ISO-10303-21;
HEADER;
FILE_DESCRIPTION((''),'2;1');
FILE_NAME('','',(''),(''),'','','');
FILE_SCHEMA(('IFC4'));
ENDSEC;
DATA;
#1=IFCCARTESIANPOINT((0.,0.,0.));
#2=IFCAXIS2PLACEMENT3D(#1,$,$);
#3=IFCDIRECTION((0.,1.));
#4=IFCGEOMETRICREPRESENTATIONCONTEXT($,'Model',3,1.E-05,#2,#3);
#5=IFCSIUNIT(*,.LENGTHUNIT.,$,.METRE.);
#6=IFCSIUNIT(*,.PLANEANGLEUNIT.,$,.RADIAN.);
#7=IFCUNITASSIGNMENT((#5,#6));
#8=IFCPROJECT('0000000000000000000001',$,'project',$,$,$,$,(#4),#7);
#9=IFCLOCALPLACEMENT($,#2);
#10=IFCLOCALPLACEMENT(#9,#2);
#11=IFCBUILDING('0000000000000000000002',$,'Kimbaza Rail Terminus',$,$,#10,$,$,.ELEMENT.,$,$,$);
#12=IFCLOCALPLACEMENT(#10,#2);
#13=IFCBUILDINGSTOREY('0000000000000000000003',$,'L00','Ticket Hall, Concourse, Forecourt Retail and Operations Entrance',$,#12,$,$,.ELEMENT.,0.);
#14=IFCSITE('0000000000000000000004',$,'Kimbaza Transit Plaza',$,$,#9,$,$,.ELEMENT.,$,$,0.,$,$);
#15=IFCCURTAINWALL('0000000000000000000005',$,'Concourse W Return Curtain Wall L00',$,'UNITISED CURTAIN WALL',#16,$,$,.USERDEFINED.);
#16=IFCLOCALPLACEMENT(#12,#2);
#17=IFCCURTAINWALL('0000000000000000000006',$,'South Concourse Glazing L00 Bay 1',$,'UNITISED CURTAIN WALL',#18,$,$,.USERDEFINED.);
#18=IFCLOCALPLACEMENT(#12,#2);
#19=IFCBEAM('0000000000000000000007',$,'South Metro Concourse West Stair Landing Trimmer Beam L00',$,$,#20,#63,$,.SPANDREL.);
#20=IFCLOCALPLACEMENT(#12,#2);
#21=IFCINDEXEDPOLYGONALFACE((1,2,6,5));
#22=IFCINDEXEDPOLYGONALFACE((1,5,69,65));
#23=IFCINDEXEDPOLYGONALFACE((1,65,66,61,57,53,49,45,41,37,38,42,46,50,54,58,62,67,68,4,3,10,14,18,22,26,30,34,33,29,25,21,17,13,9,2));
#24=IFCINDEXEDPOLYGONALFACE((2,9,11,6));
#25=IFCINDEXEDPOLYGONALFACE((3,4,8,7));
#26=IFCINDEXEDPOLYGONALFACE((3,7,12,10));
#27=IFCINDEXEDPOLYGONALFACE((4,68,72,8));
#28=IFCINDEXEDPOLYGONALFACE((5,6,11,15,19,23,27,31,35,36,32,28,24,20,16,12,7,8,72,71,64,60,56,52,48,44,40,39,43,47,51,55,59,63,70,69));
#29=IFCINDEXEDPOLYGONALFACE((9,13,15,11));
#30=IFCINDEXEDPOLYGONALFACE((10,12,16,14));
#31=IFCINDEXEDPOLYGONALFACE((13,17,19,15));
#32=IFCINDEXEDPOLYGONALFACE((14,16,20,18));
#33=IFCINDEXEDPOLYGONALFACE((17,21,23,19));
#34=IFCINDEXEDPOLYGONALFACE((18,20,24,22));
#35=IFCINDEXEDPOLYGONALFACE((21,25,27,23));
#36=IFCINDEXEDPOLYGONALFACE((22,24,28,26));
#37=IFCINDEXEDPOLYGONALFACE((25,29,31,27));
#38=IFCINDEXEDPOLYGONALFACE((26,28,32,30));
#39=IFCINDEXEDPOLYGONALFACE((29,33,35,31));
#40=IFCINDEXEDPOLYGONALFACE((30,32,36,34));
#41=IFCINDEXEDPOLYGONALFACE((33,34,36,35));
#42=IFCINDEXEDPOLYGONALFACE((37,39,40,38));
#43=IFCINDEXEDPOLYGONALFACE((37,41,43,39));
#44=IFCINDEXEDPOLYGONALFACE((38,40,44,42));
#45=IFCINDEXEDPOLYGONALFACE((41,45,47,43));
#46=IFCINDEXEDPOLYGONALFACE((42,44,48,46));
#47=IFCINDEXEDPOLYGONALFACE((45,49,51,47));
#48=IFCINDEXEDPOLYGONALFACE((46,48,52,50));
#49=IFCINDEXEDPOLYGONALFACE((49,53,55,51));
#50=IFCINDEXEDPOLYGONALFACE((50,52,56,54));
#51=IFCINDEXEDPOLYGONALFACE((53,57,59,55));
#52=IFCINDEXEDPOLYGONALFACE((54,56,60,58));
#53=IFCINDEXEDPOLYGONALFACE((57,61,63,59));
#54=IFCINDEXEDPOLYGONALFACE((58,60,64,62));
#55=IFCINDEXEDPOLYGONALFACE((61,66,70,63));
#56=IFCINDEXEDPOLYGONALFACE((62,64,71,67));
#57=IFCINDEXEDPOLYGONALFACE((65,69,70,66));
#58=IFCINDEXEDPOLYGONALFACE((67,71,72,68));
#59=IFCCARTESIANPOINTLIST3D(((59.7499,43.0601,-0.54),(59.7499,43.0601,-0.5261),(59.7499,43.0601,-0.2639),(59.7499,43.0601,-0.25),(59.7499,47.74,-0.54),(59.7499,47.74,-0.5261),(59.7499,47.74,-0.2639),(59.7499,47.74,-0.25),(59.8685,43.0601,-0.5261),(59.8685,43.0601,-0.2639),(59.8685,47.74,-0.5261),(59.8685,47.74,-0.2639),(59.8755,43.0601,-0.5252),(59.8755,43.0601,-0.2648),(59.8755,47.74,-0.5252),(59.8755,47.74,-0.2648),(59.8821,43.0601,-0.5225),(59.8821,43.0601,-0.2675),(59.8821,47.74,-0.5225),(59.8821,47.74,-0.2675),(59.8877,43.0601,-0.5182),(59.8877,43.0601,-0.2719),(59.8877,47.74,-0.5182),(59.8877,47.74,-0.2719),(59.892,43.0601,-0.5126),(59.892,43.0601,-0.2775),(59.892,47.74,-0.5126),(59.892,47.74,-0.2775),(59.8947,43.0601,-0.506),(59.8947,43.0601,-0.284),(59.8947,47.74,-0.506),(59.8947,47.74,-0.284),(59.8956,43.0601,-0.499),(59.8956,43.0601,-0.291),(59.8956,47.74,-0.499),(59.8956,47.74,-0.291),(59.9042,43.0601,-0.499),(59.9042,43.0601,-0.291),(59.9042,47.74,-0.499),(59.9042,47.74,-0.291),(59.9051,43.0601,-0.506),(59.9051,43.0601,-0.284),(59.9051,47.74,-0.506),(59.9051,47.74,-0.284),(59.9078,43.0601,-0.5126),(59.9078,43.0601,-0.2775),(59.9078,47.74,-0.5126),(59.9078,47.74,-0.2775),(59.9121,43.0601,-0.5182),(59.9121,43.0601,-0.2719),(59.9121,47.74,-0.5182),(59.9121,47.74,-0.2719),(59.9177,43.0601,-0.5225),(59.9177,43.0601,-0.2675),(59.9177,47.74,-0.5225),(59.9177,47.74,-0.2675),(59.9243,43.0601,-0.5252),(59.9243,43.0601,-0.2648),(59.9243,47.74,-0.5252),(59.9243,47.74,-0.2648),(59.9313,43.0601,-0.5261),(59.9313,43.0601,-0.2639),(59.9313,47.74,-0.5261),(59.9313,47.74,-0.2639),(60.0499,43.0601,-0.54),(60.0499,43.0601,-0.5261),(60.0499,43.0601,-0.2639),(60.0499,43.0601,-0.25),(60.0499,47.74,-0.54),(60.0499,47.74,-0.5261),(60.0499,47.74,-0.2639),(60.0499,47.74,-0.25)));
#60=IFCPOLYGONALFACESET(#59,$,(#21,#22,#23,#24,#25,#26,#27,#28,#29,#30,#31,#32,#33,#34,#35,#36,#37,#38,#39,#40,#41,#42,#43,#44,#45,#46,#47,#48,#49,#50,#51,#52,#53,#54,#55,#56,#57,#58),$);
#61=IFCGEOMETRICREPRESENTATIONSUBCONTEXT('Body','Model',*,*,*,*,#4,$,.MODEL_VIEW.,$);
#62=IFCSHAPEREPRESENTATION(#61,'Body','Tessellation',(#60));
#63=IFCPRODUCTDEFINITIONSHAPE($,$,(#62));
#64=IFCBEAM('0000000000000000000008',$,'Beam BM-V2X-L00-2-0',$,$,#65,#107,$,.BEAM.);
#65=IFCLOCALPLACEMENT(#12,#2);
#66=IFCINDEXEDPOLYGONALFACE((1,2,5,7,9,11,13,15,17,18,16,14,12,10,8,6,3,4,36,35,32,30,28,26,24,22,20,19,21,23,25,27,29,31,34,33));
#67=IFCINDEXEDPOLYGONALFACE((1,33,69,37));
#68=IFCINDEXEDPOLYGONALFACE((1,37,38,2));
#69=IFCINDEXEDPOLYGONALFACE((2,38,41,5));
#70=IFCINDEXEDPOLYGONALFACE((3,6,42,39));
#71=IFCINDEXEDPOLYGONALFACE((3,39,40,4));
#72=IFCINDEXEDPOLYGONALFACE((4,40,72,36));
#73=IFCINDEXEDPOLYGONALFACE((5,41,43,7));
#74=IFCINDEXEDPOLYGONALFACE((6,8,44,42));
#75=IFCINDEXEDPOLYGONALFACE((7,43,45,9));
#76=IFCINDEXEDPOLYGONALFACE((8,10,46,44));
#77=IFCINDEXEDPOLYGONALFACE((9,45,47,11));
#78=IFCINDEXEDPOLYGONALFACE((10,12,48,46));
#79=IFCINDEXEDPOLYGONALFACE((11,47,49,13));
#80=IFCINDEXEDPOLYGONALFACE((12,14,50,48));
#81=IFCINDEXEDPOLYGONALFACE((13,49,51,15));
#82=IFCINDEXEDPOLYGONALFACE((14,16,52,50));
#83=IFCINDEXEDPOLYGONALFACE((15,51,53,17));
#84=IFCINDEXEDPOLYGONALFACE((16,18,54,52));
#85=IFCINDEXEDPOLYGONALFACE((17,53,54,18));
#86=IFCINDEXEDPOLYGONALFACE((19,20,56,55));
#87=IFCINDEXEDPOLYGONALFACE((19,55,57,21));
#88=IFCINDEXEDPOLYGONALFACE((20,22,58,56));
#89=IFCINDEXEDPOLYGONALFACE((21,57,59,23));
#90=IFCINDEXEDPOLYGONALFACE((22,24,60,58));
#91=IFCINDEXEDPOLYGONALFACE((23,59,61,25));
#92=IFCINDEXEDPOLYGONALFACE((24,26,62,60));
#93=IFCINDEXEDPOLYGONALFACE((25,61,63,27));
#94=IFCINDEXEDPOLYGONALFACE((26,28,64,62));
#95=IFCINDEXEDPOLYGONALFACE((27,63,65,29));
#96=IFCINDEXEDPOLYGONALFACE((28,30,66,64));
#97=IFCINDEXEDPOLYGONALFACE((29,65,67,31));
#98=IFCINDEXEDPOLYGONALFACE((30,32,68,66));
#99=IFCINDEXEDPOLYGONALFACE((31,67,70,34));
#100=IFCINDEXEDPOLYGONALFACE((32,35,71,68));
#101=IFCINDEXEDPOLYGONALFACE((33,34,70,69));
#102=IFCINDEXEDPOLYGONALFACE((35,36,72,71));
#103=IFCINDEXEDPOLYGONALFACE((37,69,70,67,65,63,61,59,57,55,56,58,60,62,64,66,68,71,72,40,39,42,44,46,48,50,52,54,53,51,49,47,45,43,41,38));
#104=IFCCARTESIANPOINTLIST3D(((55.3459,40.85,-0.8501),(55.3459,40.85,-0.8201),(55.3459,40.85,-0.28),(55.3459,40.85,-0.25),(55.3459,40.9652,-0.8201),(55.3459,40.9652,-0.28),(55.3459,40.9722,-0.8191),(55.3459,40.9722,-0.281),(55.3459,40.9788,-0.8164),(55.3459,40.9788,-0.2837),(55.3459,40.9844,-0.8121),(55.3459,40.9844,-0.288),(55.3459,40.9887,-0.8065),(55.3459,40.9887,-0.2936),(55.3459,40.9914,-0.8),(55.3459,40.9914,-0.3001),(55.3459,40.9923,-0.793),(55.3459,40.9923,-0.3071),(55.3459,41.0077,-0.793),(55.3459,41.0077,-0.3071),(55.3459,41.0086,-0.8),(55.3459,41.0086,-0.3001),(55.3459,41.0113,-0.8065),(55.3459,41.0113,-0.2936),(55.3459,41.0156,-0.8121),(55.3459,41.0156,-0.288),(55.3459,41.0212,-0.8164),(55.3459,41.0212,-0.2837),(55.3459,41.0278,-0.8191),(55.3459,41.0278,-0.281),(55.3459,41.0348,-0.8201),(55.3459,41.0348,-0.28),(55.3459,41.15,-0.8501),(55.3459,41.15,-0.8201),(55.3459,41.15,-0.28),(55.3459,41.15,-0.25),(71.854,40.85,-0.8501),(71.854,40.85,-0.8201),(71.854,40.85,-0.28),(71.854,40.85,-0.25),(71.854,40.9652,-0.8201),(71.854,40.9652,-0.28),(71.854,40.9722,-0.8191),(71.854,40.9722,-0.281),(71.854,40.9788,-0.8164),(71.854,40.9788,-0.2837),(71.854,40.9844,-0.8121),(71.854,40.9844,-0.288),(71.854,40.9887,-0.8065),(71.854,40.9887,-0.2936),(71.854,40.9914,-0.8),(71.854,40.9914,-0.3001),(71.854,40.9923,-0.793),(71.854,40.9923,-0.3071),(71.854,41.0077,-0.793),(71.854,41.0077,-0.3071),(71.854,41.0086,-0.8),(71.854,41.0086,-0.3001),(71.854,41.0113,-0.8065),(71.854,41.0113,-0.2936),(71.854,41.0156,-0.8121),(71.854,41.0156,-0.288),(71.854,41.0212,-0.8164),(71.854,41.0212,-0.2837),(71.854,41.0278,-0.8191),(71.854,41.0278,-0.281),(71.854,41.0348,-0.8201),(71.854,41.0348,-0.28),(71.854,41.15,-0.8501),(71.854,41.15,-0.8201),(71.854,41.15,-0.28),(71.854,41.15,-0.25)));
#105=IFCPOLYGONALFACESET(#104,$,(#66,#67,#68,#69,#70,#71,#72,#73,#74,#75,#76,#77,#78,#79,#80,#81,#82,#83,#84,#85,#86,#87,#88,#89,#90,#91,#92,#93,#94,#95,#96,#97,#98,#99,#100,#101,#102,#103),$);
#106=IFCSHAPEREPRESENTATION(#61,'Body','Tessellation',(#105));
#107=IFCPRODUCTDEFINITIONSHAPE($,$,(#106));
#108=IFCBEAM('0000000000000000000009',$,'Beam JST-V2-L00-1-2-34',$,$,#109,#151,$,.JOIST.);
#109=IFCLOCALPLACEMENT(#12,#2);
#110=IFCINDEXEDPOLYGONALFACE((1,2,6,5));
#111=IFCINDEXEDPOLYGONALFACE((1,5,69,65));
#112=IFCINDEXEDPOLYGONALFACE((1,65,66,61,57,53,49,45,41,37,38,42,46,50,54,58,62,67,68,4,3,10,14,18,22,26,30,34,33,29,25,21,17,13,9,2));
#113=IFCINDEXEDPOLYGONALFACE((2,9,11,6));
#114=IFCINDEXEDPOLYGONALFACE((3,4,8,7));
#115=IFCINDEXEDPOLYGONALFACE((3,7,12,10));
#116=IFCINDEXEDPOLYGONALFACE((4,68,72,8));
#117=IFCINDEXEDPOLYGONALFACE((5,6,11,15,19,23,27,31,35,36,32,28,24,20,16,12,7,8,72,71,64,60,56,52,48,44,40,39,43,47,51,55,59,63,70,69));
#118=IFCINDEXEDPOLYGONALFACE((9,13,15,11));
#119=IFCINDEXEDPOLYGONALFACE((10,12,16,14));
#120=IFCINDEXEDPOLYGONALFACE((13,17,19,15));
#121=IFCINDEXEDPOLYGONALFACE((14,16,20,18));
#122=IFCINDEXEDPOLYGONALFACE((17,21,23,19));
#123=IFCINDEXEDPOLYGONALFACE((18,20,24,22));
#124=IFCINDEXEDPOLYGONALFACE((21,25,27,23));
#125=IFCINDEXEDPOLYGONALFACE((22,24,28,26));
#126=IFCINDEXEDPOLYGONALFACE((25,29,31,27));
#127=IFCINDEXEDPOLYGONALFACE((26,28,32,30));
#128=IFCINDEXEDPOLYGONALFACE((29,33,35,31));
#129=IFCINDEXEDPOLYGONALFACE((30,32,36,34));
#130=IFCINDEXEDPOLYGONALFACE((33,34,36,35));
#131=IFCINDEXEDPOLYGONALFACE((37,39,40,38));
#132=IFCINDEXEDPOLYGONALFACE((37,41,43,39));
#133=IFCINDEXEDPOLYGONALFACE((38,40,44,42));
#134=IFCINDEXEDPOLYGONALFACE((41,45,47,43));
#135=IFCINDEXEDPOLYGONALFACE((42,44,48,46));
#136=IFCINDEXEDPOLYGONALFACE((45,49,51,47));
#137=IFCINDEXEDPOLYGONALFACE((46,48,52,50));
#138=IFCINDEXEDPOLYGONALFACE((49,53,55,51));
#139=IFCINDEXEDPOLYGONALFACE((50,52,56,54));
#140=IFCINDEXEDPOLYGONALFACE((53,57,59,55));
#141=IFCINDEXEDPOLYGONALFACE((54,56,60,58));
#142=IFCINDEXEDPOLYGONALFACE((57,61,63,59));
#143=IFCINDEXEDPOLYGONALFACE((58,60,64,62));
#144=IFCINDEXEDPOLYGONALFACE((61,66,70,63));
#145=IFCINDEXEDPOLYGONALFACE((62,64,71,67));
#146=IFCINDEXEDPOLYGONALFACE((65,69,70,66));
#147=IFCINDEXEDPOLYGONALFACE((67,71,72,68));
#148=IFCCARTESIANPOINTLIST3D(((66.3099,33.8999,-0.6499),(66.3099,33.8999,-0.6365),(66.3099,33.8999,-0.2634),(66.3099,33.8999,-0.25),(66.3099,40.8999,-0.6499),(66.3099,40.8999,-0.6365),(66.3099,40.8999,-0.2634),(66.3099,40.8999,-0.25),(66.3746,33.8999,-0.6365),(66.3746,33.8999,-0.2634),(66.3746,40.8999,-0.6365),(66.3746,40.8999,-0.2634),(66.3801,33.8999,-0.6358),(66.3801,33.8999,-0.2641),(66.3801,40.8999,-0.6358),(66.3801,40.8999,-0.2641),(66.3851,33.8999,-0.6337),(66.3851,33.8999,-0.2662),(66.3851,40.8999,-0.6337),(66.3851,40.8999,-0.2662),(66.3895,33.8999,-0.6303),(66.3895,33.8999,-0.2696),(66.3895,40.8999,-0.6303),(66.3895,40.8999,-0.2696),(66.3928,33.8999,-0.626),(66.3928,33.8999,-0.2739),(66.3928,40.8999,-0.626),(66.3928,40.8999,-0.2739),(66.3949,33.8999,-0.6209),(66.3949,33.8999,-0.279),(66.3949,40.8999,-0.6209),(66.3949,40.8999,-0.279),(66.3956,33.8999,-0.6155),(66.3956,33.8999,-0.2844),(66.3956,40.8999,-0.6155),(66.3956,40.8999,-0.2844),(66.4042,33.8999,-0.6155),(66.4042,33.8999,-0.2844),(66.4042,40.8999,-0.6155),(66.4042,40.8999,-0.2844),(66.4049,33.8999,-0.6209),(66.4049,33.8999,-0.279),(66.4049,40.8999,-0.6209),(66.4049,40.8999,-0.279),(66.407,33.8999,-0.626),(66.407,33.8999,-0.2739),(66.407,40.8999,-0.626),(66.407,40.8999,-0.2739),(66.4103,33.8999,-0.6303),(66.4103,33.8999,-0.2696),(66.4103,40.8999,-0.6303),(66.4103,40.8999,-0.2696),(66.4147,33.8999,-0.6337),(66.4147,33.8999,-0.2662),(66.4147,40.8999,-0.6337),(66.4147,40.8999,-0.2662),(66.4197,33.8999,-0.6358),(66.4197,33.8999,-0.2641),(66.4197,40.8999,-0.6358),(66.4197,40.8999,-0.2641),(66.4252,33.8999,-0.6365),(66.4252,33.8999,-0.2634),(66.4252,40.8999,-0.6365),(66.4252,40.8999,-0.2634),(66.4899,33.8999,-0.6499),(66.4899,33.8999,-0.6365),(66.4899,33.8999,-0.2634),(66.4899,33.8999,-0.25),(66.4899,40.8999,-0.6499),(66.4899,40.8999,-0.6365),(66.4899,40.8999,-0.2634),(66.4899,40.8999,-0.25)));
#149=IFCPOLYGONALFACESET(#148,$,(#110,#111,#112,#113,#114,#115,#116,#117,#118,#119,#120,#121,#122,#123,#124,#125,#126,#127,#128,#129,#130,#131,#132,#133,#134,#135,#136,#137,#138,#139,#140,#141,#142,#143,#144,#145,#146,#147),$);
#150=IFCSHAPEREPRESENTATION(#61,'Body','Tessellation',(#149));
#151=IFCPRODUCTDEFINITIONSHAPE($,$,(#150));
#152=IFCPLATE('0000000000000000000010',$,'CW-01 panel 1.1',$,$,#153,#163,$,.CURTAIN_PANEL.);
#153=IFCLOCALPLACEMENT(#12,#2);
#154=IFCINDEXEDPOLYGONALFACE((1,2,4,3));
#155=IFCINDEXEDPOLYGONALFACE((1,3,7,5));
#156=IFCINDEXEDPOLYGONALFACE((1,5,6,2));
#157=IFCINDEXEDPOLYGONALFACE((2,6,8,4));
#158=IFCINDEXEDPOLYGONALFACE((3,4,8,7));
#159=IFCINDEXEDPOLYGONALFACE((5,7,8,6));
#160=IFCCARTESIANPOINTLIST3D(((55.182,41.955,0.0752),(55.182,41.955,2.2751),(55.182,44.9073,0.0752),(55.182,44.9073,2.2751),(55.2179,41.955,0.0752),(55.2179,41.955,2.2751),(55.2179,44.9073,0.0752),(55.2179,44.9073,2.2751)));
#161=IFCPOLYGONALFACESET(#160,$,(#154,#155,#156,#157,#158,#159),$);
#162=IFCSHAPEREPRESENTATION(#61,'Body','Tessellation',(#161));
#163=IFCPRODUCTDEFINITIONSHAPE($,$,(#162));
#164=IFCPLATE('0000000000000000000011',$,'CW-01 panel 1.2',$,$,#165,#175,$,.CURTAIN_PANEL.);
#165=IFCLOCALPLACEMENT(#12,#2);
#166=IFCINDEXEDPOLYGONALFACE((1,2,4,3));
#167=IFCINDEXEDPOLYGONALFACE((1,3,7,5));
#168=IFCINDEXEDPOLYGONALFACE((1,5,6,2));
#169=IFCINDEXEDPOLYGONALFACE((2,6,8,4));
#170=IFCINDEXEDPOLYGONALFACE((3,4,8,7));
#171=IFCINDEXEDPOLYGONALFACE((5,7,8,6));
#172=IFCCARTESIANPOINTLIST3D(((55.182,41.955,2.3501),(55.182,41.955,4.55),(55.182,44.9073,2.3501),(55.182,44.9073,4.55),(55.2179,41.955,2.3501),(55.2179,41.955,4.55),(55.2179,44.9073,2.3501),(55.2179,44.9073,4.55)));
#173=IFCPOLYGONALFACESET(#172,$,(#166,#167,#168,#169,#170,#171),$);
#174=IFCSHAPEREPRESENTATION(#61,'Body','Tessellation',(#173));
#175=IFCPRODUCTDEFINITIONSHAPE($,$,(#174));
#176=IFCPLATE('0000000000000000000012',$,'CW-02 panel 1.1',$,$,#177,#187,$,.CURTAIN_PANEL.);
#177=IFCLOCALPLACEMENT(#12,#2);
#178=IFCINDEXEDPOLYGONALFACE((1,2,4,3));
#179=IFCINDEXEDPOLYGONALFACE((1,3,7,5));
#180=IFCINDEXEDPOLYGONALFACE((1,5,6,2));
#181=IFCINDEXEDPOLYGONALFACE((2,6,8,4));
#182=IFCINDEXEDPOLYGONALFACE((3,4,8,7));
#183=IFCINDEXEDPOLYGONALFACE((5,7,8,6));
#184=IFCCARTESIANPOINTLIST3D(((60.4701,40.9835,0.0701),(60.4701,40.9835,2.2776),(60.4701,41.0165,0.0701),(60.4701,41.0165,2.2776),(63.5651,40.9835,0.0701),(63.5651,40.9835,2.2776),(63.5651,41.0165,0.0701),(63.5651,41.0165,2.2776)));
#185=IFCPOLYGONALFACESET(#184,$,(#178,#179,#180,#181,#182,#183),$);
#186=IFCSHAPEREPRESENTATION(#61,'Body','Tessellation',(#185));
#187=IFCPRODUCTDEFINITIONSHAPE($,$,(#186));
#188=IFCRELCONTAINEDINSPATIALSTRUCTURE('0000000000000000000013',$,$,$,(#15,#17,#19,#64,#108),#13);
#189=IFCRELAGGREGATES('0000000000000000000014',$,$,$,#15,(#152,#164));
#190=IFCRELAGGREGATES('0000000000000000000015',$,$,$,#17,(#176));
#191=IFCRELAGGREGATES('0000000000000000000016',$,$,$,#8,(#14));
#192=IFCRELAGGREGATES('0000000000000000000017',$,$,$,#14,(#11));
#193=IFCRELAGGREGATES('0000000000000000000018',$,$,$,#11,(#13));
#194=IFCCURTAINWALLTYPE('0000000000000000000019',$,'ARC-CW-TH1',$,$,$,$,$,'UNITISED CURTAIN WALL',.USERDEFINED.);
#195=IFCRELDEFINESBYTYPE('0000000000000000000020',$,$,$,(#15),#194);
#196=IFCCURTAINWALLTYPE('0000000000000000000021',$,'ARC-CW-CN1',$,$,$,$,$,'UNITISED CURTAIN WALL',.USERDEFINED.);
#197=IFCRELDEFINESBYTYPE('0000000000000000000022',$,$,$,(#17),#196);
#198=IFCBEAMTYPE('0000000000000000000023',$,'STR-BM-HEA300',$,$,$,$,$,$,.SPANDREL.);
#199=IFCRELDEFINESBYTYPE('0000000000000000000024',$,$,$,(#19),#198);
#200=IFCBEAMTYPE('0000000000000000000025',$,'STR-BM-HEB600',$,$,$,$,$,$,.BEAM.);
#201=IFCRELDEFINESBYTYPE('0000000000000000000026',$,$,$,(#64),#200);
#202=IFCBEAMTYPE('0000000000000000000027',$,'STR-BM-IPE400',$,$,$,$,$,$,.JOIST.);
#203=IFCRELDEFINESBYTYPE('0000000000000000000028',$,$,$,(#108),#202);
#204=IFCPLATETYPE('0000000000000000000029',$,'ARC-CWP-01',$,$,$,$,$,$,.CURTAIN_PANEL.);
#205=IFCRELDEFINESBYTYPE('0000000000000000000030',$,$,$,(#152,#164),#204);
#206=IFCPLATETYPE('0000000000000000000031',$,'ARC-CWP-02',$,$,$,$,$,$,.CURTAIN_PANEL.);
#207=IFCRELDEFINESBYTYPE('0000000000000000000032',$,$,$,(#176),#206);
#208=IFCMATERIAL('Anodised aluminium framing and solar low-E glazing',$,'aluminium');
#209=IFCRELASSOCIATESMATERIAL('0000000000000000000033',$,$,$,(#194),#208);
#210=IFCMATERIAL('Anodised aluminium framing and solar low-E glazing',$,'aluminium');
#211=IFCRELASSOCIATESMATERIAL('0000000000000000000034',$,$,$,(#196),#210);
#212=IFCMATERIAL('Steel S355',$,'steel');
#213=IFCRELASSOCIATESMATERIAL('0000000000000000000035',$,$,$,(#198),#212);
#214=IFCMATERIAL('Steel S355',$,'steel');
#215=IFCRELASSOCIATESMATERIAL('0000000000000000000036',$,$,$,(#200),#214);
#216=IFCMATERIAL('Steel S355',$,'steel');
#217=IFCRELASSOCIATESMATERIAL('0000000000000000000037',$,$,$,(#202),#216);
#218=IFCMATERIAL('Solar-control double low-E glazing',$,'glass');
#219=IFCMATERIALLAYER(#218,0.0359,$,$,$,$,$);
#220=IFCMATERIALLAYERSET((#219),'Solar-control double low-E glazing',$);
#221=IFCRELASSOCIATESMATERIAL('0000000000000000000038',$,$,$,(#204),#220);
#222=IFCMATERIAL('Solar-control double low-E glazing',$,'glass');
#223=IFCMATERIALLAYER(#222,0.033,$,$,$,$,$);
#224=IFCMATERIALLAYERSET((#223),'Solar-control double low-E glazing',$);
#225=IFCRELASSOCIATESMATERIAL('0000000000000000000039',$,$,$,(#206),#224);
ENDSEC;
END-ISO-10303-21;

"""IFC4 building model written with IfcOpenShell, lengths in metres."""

from ifc_helpers import new_model, si_unit, direction, frame, origin, origin_2d, place, context, subcontext, project, spatial, rectangle, i_section, extrude, material, layer, layer_set, material_profile, profile_set, type_object, element, aggregate, save


model = new_model("IFC4")

# Units and contexts
model_context = context("Model", 3, precision=1e-05, world=origin(), true_north=direction((0.0, 1.0)))
body_context = subcontext(model_context, "Body", "Model", "MODEL_VIEW")
ifc_project = project(units=[si_unit("LENGTHUNIT", "METRE"), si_unit("PLANEANGLEUNIT", "RADIAN")], contexts=[model_context])

# Site, building, storey
site_placement = place(None, origin())
site = spatial("IfcSite", under=ifc_project, at=site_placement, Name="Kimbaza Transit Plaza", CompositionType="ELEMENT", RefElevation=0.0)
building_placement = place(site_placement, origin())
building = spatial("IfcBuilding", under=site, at=building_placement, Name="Kimbaza Rail Terminus", CompositionType="ELEMENT")
storey_placement = place(building_placement, origin())
storey = spatial("IfcBuildingStorey", under=building, at=storey_placement, Name="L00", Description="Ticket Hall, Concourse, Forecourt Retail and Operations Entrance", CompositionType="ELEMENT", Elevation=0.0)

# Curtain wall
ifc_material_1 = material(Name="Anodised aluminium framing and solar low-E glazing", Category="aluminium")
curtain_wall_type_1 = type_object("IfcCurtainWallType", Name="ARC-CW-TH1", ElementType="UNITISED CURTAIN WALL", PredefinedType="USERDEFINED", material=ifc_material_1)
curtain_wall_1_placement = place(storey_placement, origin())
curtain_wall_1 = element("IfcCurtainWall", 1, at=curtain_wall_1_placement, inside=storey, type_object=curtain_wall_type_1, Name="Concourse W Return Curtain Wall L00", ObjectType="UNITISED CURTAIN WALL", PredefinedType="USERDEFINED")

# Curtain wall
ifc_material_2 = material(Name="Anodised aluminium framing and solar low-E glazing", Category="aluminium")
curtain_wall_type_2 = type_object("IfcCurtainWallType", Name="ARC-CW-CN1", ElementType="UNITISED CURTAIN WALL", PredefinedType="USERDEFINED", material=ifc_material_2)
curtain_wall_2_placement = place(storey_placement, origin())
curtain_wall_2 = element("IfcCurtainWall", 2, at=curtain_wall_2_placement, inside=storey, type_object=curtain_wall_type_2, Name="South Concourse Glazing L00 Bay 1", ObjectType="UNITISED CURTAIN WALL", PredefinedType="USERDEFINED")

# Beams
ifc_material_3 = material(Name="Steel S355", Category="steel")
ifc_material_profile_1 = material_profile(ifc_material_3, i_section(OverallWidth=0.3, OverallDepth=0.29, WebThickness=0.0085, FlangeThickness=0.0139, FilletRadius=0.0271, at=origin_2d()), Name="HEA 300")
ifc_profile_set_1 = profile_set([ifc_material_profile_1], Name="Steel S355")
beam_type_1 = type_object("IfcBeamType", Name="STR-BM-HEA300", PredefinedType="SPANDREL", material=ifc_profile_set_1)
beam_1_placement = place(storey_placement, frame((59.8999, 43.0601, -0.395), z_axis=(0.0, 1.0, 0.0), x_axis=(-1.0, 0.0, 0.0)))
element("IfcBeam", 3, at=beam_1_placement, inside=storey, type_object=beam_type_1, Name="South Metro Concourse West Stair Landing Trimmer Beam L00", PredefinedType="SPANDREL", context=body_context, shape_type="SweptSolid", body=[
    extrude(i_section(OverallWidth=0.3, OverallDepth=0.29, WebThickness=0.0085, FlangeThickness=0.0139, FilletRadius=0.0271, at=origin_2d()), origin(), (0.0, 0.0, 1.0), 4.6799),
])
ifc_material_4 = material(Name="Steel S355", Category="steel")
ifc_material_profile_2 = material_profile(ifc_material_4, i_section(OverallWidth=0.3, OverallDepth=0.6001, WebThickness=0.0154, FlangeThickness=0.03, FilletRadius=0.0271, at=origin_2d()), Name="HEB 600")
ifc_profile_set_2 = profile_set([ifc_material_profile_2], Name="Steel S355")
beam_type_2 = type_object("IfcBeamType", Name="STR-BM-HEB600", PredefinedType="BEAM", material=ifc_profile_set_2)
beam_2_placement = place(storey_placement, frame((55.3459, 41.0, -0.55), z_axis=(1.0, 0.0, 0.0), x_axis=(0.0, 1.0, 0.0)))
element("IfcBeam", 4, at=beam_2_placement, inside=storey, type_object=beam_type_2, Name="Beam BM-V2X-L00-2-0", PredefinedType="BEAM", context=body_context, shape_type="SweptSolid", body=[
    extrude(i_section(OverallWidth=0.3, OverallDepth=0.6001, WebThickness=0.0154, FlangeThickness=0.03, FilletRadius=0.0271, at=origin_2d()), origin(), (0.0, 0.0, 1.0), 16.5081),
])
ifc_material_5 = material(Name="Steel S355", Category="steel")
ifc_material_profile_3 = material_profile(ifc_material_5, i_section(OverallWidth=0.1799, OverallDepth=0.3999, WebThickness=0.0085, FlangeThickness=0.0134, FilletRadius=0.021, at=origin_2d()), Name="IPE 400")
ifc_profile_set_3 = profile_set([ifc_material_profile_3], Name="Steel S355")
beam_type_3 = type_object("IfcBeamType", Name="STR-BM-IPE400", PredefinedType="JOIST", material=ifc_profile_set_3)
beam_3_placement = place(storey_placement, frame((66.3999, 33.8999, -0.45), z_axis=(0.0, 1.0, 0.0), x_axis=(-1.0, 0.0, 0.0)))
element("IfcBeam", 5, at=beam_3_placement, inside=storey, type_object=beam_type_3, Name="Beam JST-V2-L00-1-2-34", PredefinedType="JOIST", context=body_context, shape_type="SweptSolid", body=[
    extrude(i_section(OverallWidth=0.1799, OverallDepth=0.3999, WebThickness=0.0085, FlangeThickness=0.0134, FilletRadius=0.021, at=origin_2d()), origin(), (0.0, 0.0, 1.0), 7.0),
])

# Plates
ifc_material_6 = material(Name="Solar-control double low-E glazing", Category="glass")
ifc_layer_1 = layer(ifc_material_6, 0.0359)
ifc_layer_set_1 = layer_set([ifc_layer_1], Name="Solar-control double low-E glazing")
plate_type_1 = type_object("IfcPlateType", Name="ARC-CWP-01", PredefinedType="CURTAIN_PANEL", material=ifc_layer_set_1)
plate_1_placement = place(storey_placement, frame((55.2, 43.4312, 0.0752), z_axis=(0.0, 0.0, 1.0), x_axis=(0.0, 1.0, 0.0)))
plate_1 = element("IfcPlate", 6, at=plate_1_placement, type_object=plate_type_1, Name="CW-01 panel 1.1", PredefinedType="CURTAIN_PANEL", context=body_context, shape_type="SweptSolid", body=[
    extrude(rectangle(XDim=2.9524, YDim=0.0359, at=origin_2d()), origin(), (0.0, 0.0, 1.0), 2.2),
])
plate_2_placement = place(storey_placement, frame((55.2, 43.4312, 2.3501), z_axis=(0.0, 0.0, 1.0), x_axis=(0.0, 1.0, 0.0)))
plate_2 = element("IfcPlate", 7, at=plate_2_placement, type_object=plate_type_1, Name="CW-01 panel 1.2", PredefinedType="CURTAIN_PANEL", context=body_context, shape_type="SweptSolid", body=[
    extrude(rectangle(XDim=2.9524, YDim=0.0359, at=origin_2d()), origin(), (0.0, 0.0, 1.0), 2.2),
])
aggregate(curtain_wall_1, [plate_1, plate_2])
ifc_material_7 = material(Name="Solar-control double low-E glazing", Category="glass")
ifc_layer_2 = layer(ifc_material_7, 0.033)
ifc_layer_set_2 = layer_set([ifc_layer_2], Name="Solar-control double low-E glazing")
plate_type_2 = type_object("IfcPlateType", Name="ARC-CWP-02", PredefinedType="CURTAIN_PANEL", material=ifc_layer_set_2)
plate_3_placement = place(storey_placement, frame((62.0176, 41.0, 0.0701), z_axis=(0.0, 0.0, 1.0), x_axis=(1.0, 0.0, 0.0)))
plate_3 = element("IfcPlate", 8, at=plate_3_placement, type_object=plate_type_2, Name="CW-02 panel 1.1", PredefinedType="CURTAIN_PANEL", context=body_context, shape_type="SweptSolid", body=[
    extrude(rectangle(XDim=3.095, YDim=0.033, at=origin_2d()), origin(), (0.0, 0.0, 1.0), 2.2075),
])
aggregate(curtain_wall_2, [plate_3])

save(model, "model.ifc")
